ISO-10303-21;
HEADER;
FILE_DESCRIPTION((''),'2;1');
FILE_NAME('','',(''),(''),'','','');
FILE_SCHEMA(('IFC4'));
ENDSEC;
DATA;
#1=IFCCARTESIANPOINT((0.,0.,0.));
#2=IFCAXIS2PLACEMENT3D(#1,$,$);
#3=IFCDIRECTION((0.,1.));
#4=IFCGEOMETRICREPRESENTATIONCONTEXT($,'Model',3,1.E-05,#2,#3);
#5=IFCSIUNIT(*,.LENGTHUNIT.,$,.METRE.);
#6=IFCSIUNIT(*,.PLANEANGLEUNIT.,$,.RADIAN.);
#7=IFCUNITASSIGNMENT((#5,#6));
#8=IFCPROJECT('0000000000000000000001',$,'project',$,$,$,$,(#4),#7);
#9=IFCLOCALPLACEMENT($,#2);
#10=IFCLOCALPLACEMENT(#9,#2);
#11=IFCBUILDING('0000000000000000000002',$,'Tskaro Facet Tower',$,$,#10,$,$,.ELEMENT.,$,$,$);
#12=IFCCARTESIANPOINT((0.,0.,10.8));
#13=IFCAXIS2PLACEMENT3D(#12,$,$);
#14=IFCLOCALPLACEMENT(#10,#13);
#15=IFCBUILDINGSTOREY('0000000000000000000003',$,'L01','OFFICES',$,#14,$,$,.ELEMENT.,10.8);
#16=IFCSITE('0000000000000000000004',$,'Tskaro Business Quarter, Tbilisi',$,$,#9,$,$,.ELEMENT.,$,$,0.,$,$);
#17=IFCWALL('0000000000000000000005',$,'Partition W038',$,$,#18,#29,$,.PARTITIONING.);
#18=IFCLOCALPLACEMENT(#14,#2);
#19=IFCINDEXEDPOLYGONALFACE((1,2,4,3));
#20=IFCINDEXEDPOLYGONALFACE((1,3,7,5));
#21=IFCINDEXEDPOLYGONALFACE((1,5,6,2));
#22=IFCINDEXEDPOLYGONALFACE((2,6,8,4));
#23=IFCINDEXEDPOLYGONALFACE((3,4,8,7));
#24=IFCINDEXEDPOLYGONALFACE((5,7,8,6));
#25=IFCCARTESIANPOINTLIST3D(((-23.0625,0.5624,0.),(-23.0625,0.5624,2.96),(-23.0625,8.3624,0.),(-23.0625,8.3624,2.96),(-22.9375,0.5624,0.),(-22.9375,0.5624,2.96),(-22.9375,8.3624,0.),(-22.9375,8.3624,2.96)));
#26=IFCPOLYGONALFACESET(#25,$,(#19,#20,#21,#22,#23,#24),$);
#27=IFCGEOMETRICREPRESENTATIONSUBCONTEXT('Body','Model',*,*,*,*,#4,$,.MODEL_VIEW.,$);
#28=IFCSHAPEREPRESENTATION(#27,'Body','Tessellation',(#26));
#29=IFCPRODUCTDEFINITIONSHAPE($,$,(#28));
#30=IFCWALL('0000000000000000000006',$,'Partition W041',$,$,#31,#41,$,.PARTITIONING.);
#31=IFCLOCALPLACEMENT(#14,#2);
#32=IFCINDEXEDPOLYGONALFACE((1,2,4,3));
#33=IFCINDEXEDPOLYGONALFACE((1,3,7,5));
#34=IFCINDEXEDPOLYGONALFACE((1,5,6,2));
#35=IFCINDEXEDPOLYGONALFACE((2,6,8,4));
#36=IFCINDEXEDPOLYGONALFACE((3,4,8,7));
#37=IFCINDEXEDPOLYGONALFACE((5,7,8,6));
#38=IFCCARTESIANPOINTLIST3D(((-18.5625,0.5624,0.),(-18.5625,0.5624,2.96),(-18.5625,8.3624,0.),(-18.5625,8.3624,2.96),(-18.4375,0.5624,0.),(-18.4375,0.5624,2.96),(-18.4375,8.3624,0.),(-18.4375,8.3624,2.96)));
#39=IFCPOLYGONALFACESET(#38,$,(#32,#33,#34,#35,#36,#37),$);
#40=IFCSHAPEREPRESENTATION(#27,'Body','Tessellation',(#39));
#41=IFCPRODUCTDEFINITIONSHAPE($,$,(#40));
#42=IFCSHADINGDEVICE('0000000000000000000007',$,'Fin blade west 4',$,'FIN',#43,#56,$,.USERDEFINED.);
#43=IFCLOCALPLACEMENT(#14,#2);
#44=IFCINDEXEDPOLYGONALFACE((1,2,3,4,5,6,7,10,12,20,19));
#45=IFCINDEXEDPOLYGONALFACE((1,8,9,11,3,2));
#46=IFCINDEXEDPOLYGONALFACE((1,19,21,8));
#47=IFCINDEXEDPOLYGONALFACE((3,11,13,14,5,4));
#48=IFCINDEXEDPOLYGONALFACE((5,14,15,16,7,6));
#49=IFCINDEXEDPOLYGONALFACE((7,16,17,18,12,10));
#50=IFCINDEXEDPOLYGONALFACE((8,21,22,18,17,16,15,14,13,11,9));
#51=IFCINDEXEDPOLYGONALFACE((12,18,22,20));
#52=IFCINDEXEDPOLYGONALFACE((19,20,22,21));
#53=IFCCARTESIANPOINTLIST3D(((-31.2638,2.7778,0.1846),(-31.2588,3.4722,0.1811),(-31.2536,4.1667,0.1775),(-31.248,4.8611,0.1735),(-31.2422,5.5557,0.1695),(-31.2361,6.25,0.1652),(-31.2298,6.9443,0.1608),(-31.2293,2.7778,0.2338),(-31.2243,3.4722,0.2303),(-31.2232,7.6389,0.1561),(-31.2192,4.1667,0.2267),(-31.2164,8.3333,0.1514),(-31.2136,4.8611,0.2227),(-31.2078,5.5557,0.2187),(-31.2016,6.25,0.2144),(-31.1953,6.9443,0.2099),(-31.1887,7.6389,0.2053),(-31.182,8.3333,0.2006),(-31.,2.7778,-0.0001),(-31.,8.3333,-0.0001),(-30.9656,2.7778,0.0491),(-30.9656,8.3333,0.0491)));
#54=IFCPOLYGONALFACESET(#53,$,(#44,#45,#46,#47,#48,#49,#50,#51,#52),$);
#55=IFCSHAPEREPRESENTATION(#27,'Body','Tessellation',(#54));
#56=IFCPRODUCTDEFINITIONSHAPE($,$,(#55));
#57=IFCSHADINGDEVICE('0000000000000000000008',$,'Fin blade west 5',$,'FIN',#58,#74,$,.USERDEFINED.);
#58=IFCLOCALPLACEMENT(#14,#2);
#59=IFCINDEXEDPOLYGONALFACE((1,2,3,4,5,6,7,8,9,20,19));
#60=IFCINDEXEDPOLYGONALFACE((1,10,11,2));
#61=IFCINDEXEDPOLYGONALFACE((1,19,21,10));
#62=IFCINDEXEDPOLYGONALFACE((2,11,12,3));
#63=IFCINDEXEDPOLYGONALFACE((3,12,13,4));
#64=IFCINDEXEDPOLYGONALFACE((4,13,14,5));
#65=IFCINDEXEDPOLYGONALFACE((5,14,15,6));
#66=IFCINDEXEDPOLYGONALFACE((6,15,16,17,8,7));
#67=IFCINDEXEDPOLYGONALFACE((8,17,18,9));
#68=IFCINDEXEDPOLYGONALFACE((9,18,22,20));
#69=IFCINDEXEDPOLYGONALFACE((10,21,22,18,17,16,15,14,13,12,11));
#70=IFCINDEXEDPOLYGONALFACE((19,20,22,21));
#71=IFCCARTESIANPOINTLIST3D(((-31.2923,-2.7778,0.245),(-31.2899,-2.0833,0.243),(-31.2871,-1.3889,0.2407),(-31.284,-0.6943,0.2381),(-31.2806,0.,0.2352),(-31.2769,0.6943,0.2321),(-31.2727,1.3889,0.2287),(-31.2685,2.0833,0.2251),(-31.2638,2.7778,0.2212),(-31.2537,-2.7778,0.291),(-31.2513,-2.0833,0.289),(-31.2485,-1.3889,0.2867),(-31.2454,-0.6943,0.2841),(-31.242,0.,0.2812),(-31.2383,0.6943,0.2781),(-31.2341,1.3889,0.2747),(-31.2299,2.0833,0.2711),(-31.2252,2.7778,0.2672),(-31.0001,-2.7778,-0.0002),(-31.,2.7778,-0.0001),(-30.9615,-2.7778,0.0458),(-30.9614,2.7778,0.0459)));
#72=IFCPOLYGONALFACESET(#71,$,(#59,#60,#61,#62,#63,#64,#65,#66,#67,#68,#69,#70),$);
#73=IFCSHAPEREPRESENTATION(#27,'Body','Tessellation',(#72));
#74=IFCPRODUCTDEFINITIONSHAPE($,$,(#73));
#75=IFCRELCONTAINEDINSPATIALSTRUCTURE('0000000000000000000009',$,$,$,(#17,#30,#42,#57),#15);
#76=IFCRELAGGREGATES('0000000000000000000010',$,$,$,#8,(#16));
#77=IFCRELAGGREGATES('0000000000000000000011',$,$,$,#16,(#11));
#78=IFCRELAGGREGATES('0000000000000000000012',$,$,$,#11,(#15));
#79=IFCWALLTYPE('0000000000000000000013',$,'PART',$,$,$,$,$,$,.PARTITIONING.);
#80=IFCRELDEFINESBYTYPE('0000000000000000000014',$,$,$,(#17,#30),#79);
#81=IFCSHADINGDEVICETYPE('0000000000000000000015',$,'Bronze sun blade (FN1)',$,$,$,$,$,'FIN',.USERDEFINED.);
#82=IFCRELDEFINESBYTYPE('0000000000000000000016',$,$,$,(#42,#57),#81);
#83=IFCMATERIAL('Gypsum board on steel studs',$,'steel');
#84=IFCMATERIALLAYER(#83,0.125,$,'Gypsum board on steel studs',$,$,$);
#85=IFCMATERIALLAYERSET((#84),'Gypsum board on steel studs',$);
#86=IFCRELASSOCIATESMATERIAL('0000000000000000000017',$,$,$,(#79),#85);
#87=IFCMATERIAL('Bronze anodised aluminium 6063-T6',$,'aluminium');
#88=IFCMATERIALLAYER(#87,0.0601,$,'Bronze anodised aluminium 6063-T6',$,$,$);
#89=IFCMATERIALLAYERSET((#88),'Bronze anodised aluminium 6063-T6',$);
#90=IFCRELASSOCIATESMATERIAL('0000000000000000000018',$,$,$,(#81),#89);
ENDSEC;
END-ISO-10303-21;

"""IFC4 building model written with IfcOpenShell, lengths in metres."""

from ifc_helpers import new_model, si_unit, direction, frame, frame_2d, origin, place, context, subcontext, project, spatial, polyline, rectangle, outline, extrude, material, layer, layer_set, type_object, element, save


model = new_model("IFC4")

# Units and contexts
model_context = context("Model", 3, precision=1e-05, world=origin(), true_north=direction((0.0, 1.0)))
body_context = subcontext(model_context, "Body", "Model", "MODEL_VIEW")
ifc_project = project(units=[si_unit("LENGTHUNIT", "METRE"), si_unit("PLANEANGLEUNIT", "RADIAN")], contexts=[model_context])

# Site, building, storey
site_placement = place(None, origin())
site = spatial("IfcSite", under=ifc_project, at=site_placement, Name="Tskaro Business Quarter, Tbilisi", CompositionType="ELEMENT", RefElevation=0.0)
building_placement = place(site_placement, origin())
building = spatial("IfcBuilding", under=site, at=building_placement, Name="Tskaro Facet Tower", CompositionType="ELEMENT")
storey_placement = place(building_placement, frame((0.0, 0.0, 10.8)))
storey = spatial("IfcBuildingStorey", under=building, at=storey_placement, Name="L01", Description="OFFICES", CompositionType="ELEMENT", Elevation=10.8)

# Shared definitions
ifc_material_1 = material(Name="Bronze anodised aluminium 6063-T6", Category="aluminium")

# Shared definitions
ifc_material_2 = material(Name="Gypsum board on steel studs", Category="steel")
ifc_layer_1 = layer(ifc_material_2, 0.125, Name="Gypsum board on steel studs")
ifc_layer_set_1 = layer_set([ifc_layer_1], Name="Gypsum board on steel studs")
wall_type = type_object("IfcWallType", Name="PART", PredefinedType="PARTITIONING", material=ifc_layer_set_1)

# Walls
for number, where, z_axis, x_axis, name in (
    (1, (-23.0, 0.5625, 0.0), (0.0, 0.0, 1.0), (0.0, 1.0, 0.0), "Partition W038"),
    (2, (-18.5, 0.5625, 0.0), (0.0, 0.0, 1.0), (0.0, 1.0, 0.0), "Partition W041"),
):
    element("IfcWall", number, at=place(storey_placement, frame(where, z_axis=z_axis, x_axis=x_axis)), inside=storey, type_object=wall_type, Name=name, PredefinedType="PARTITIONING", context=body_context, shape_type="SweptSolid", body=[
        extrude(rectangle(XDim=7.8, YDim=0.125, at=frame_2d((3.8999, 0.0))), origin(), (0.0, 0.0, 1.0), 2.96),
    ])

# Shading devices
ifc_layer_2 = layer(ifc_material_1, 0.0601, Name="Bronze anodised aluminium 6063-T6")
ifc_layer_set_2 = layer_set([ifc_layer_2], Name="Bronze anodised aluminium 6063-T6")
shading_device_type = type_object("IfcShadingDeviceType", Name="Bronze sun blade (FN1)", ElementType="FIN", PredefinedType="USERDEFINED", material=ifc_layer_set_2)
shading_device_1_placement = place(storey_placement, frame((-30.9656, 8.3333, 0.0491), z_axis=(0.573574, 0.000005, 0.819154), x_axis=(0.000003, -1.0, 0.000004)))
element("IfcShadingDevice", 3, at=shading_device_1_placement, inside=storey, type_object=shading_device_type, Name="Fin blade west 4", ObjectType="FIN", PredefinedType="USERDEFINED", context=body_context, shape_type="SweptSolid", body=[
    extrude(outline(polyline([(0.0, 0.0), (5.5554, 0.0), (5.5554, -0.322), (4.8611, -0.3159), (4.1665, -0.3096), (3.4722, -0.3028), (2.7776, -0.2957), (2.0833, -0.2882), (1.3889, -0.2805), (0.6943, -0.2724), (0.0, -0.2642), (0.0, 0.0)])), origin(), (0.0, 0.0, -1.0), 0.0601),
])
shading_device_2_placement = place(storey_placement, frame((-30.9614, 2.7778, 0.0459), z_axis=(0.642759, -0.000019, 0.766069), x_axis=(-0.000012, -1.0, -0.000015)))
element("IfcShadingDevice", 4, at=shading_device_2_placement, inside=storey, type_object=shading_device_type, Name="Fin blade west 5", ObjectType="FIN", PredefinedType="USERDEFINED", context=body_context, shape_type="SweptSolid", body=[
    extrude(outline(polyline([(0.0, 0.0), (5.5557, 0.0), (5.5557, -0.3814), (4.8611, -0.3783), (4.1667, -0.3747), (3.4722, -0.3707), (2.7778, -0.3662), (2.0835, -0.3613), (1.3889, -0.3559), (0.6946, -0.3504), (0.0, -0.3443), (0.0, 0.0)])), origin(), (0.0, 0.0, -1.0), 0.0601),
])

save(model, "model.ifc")
